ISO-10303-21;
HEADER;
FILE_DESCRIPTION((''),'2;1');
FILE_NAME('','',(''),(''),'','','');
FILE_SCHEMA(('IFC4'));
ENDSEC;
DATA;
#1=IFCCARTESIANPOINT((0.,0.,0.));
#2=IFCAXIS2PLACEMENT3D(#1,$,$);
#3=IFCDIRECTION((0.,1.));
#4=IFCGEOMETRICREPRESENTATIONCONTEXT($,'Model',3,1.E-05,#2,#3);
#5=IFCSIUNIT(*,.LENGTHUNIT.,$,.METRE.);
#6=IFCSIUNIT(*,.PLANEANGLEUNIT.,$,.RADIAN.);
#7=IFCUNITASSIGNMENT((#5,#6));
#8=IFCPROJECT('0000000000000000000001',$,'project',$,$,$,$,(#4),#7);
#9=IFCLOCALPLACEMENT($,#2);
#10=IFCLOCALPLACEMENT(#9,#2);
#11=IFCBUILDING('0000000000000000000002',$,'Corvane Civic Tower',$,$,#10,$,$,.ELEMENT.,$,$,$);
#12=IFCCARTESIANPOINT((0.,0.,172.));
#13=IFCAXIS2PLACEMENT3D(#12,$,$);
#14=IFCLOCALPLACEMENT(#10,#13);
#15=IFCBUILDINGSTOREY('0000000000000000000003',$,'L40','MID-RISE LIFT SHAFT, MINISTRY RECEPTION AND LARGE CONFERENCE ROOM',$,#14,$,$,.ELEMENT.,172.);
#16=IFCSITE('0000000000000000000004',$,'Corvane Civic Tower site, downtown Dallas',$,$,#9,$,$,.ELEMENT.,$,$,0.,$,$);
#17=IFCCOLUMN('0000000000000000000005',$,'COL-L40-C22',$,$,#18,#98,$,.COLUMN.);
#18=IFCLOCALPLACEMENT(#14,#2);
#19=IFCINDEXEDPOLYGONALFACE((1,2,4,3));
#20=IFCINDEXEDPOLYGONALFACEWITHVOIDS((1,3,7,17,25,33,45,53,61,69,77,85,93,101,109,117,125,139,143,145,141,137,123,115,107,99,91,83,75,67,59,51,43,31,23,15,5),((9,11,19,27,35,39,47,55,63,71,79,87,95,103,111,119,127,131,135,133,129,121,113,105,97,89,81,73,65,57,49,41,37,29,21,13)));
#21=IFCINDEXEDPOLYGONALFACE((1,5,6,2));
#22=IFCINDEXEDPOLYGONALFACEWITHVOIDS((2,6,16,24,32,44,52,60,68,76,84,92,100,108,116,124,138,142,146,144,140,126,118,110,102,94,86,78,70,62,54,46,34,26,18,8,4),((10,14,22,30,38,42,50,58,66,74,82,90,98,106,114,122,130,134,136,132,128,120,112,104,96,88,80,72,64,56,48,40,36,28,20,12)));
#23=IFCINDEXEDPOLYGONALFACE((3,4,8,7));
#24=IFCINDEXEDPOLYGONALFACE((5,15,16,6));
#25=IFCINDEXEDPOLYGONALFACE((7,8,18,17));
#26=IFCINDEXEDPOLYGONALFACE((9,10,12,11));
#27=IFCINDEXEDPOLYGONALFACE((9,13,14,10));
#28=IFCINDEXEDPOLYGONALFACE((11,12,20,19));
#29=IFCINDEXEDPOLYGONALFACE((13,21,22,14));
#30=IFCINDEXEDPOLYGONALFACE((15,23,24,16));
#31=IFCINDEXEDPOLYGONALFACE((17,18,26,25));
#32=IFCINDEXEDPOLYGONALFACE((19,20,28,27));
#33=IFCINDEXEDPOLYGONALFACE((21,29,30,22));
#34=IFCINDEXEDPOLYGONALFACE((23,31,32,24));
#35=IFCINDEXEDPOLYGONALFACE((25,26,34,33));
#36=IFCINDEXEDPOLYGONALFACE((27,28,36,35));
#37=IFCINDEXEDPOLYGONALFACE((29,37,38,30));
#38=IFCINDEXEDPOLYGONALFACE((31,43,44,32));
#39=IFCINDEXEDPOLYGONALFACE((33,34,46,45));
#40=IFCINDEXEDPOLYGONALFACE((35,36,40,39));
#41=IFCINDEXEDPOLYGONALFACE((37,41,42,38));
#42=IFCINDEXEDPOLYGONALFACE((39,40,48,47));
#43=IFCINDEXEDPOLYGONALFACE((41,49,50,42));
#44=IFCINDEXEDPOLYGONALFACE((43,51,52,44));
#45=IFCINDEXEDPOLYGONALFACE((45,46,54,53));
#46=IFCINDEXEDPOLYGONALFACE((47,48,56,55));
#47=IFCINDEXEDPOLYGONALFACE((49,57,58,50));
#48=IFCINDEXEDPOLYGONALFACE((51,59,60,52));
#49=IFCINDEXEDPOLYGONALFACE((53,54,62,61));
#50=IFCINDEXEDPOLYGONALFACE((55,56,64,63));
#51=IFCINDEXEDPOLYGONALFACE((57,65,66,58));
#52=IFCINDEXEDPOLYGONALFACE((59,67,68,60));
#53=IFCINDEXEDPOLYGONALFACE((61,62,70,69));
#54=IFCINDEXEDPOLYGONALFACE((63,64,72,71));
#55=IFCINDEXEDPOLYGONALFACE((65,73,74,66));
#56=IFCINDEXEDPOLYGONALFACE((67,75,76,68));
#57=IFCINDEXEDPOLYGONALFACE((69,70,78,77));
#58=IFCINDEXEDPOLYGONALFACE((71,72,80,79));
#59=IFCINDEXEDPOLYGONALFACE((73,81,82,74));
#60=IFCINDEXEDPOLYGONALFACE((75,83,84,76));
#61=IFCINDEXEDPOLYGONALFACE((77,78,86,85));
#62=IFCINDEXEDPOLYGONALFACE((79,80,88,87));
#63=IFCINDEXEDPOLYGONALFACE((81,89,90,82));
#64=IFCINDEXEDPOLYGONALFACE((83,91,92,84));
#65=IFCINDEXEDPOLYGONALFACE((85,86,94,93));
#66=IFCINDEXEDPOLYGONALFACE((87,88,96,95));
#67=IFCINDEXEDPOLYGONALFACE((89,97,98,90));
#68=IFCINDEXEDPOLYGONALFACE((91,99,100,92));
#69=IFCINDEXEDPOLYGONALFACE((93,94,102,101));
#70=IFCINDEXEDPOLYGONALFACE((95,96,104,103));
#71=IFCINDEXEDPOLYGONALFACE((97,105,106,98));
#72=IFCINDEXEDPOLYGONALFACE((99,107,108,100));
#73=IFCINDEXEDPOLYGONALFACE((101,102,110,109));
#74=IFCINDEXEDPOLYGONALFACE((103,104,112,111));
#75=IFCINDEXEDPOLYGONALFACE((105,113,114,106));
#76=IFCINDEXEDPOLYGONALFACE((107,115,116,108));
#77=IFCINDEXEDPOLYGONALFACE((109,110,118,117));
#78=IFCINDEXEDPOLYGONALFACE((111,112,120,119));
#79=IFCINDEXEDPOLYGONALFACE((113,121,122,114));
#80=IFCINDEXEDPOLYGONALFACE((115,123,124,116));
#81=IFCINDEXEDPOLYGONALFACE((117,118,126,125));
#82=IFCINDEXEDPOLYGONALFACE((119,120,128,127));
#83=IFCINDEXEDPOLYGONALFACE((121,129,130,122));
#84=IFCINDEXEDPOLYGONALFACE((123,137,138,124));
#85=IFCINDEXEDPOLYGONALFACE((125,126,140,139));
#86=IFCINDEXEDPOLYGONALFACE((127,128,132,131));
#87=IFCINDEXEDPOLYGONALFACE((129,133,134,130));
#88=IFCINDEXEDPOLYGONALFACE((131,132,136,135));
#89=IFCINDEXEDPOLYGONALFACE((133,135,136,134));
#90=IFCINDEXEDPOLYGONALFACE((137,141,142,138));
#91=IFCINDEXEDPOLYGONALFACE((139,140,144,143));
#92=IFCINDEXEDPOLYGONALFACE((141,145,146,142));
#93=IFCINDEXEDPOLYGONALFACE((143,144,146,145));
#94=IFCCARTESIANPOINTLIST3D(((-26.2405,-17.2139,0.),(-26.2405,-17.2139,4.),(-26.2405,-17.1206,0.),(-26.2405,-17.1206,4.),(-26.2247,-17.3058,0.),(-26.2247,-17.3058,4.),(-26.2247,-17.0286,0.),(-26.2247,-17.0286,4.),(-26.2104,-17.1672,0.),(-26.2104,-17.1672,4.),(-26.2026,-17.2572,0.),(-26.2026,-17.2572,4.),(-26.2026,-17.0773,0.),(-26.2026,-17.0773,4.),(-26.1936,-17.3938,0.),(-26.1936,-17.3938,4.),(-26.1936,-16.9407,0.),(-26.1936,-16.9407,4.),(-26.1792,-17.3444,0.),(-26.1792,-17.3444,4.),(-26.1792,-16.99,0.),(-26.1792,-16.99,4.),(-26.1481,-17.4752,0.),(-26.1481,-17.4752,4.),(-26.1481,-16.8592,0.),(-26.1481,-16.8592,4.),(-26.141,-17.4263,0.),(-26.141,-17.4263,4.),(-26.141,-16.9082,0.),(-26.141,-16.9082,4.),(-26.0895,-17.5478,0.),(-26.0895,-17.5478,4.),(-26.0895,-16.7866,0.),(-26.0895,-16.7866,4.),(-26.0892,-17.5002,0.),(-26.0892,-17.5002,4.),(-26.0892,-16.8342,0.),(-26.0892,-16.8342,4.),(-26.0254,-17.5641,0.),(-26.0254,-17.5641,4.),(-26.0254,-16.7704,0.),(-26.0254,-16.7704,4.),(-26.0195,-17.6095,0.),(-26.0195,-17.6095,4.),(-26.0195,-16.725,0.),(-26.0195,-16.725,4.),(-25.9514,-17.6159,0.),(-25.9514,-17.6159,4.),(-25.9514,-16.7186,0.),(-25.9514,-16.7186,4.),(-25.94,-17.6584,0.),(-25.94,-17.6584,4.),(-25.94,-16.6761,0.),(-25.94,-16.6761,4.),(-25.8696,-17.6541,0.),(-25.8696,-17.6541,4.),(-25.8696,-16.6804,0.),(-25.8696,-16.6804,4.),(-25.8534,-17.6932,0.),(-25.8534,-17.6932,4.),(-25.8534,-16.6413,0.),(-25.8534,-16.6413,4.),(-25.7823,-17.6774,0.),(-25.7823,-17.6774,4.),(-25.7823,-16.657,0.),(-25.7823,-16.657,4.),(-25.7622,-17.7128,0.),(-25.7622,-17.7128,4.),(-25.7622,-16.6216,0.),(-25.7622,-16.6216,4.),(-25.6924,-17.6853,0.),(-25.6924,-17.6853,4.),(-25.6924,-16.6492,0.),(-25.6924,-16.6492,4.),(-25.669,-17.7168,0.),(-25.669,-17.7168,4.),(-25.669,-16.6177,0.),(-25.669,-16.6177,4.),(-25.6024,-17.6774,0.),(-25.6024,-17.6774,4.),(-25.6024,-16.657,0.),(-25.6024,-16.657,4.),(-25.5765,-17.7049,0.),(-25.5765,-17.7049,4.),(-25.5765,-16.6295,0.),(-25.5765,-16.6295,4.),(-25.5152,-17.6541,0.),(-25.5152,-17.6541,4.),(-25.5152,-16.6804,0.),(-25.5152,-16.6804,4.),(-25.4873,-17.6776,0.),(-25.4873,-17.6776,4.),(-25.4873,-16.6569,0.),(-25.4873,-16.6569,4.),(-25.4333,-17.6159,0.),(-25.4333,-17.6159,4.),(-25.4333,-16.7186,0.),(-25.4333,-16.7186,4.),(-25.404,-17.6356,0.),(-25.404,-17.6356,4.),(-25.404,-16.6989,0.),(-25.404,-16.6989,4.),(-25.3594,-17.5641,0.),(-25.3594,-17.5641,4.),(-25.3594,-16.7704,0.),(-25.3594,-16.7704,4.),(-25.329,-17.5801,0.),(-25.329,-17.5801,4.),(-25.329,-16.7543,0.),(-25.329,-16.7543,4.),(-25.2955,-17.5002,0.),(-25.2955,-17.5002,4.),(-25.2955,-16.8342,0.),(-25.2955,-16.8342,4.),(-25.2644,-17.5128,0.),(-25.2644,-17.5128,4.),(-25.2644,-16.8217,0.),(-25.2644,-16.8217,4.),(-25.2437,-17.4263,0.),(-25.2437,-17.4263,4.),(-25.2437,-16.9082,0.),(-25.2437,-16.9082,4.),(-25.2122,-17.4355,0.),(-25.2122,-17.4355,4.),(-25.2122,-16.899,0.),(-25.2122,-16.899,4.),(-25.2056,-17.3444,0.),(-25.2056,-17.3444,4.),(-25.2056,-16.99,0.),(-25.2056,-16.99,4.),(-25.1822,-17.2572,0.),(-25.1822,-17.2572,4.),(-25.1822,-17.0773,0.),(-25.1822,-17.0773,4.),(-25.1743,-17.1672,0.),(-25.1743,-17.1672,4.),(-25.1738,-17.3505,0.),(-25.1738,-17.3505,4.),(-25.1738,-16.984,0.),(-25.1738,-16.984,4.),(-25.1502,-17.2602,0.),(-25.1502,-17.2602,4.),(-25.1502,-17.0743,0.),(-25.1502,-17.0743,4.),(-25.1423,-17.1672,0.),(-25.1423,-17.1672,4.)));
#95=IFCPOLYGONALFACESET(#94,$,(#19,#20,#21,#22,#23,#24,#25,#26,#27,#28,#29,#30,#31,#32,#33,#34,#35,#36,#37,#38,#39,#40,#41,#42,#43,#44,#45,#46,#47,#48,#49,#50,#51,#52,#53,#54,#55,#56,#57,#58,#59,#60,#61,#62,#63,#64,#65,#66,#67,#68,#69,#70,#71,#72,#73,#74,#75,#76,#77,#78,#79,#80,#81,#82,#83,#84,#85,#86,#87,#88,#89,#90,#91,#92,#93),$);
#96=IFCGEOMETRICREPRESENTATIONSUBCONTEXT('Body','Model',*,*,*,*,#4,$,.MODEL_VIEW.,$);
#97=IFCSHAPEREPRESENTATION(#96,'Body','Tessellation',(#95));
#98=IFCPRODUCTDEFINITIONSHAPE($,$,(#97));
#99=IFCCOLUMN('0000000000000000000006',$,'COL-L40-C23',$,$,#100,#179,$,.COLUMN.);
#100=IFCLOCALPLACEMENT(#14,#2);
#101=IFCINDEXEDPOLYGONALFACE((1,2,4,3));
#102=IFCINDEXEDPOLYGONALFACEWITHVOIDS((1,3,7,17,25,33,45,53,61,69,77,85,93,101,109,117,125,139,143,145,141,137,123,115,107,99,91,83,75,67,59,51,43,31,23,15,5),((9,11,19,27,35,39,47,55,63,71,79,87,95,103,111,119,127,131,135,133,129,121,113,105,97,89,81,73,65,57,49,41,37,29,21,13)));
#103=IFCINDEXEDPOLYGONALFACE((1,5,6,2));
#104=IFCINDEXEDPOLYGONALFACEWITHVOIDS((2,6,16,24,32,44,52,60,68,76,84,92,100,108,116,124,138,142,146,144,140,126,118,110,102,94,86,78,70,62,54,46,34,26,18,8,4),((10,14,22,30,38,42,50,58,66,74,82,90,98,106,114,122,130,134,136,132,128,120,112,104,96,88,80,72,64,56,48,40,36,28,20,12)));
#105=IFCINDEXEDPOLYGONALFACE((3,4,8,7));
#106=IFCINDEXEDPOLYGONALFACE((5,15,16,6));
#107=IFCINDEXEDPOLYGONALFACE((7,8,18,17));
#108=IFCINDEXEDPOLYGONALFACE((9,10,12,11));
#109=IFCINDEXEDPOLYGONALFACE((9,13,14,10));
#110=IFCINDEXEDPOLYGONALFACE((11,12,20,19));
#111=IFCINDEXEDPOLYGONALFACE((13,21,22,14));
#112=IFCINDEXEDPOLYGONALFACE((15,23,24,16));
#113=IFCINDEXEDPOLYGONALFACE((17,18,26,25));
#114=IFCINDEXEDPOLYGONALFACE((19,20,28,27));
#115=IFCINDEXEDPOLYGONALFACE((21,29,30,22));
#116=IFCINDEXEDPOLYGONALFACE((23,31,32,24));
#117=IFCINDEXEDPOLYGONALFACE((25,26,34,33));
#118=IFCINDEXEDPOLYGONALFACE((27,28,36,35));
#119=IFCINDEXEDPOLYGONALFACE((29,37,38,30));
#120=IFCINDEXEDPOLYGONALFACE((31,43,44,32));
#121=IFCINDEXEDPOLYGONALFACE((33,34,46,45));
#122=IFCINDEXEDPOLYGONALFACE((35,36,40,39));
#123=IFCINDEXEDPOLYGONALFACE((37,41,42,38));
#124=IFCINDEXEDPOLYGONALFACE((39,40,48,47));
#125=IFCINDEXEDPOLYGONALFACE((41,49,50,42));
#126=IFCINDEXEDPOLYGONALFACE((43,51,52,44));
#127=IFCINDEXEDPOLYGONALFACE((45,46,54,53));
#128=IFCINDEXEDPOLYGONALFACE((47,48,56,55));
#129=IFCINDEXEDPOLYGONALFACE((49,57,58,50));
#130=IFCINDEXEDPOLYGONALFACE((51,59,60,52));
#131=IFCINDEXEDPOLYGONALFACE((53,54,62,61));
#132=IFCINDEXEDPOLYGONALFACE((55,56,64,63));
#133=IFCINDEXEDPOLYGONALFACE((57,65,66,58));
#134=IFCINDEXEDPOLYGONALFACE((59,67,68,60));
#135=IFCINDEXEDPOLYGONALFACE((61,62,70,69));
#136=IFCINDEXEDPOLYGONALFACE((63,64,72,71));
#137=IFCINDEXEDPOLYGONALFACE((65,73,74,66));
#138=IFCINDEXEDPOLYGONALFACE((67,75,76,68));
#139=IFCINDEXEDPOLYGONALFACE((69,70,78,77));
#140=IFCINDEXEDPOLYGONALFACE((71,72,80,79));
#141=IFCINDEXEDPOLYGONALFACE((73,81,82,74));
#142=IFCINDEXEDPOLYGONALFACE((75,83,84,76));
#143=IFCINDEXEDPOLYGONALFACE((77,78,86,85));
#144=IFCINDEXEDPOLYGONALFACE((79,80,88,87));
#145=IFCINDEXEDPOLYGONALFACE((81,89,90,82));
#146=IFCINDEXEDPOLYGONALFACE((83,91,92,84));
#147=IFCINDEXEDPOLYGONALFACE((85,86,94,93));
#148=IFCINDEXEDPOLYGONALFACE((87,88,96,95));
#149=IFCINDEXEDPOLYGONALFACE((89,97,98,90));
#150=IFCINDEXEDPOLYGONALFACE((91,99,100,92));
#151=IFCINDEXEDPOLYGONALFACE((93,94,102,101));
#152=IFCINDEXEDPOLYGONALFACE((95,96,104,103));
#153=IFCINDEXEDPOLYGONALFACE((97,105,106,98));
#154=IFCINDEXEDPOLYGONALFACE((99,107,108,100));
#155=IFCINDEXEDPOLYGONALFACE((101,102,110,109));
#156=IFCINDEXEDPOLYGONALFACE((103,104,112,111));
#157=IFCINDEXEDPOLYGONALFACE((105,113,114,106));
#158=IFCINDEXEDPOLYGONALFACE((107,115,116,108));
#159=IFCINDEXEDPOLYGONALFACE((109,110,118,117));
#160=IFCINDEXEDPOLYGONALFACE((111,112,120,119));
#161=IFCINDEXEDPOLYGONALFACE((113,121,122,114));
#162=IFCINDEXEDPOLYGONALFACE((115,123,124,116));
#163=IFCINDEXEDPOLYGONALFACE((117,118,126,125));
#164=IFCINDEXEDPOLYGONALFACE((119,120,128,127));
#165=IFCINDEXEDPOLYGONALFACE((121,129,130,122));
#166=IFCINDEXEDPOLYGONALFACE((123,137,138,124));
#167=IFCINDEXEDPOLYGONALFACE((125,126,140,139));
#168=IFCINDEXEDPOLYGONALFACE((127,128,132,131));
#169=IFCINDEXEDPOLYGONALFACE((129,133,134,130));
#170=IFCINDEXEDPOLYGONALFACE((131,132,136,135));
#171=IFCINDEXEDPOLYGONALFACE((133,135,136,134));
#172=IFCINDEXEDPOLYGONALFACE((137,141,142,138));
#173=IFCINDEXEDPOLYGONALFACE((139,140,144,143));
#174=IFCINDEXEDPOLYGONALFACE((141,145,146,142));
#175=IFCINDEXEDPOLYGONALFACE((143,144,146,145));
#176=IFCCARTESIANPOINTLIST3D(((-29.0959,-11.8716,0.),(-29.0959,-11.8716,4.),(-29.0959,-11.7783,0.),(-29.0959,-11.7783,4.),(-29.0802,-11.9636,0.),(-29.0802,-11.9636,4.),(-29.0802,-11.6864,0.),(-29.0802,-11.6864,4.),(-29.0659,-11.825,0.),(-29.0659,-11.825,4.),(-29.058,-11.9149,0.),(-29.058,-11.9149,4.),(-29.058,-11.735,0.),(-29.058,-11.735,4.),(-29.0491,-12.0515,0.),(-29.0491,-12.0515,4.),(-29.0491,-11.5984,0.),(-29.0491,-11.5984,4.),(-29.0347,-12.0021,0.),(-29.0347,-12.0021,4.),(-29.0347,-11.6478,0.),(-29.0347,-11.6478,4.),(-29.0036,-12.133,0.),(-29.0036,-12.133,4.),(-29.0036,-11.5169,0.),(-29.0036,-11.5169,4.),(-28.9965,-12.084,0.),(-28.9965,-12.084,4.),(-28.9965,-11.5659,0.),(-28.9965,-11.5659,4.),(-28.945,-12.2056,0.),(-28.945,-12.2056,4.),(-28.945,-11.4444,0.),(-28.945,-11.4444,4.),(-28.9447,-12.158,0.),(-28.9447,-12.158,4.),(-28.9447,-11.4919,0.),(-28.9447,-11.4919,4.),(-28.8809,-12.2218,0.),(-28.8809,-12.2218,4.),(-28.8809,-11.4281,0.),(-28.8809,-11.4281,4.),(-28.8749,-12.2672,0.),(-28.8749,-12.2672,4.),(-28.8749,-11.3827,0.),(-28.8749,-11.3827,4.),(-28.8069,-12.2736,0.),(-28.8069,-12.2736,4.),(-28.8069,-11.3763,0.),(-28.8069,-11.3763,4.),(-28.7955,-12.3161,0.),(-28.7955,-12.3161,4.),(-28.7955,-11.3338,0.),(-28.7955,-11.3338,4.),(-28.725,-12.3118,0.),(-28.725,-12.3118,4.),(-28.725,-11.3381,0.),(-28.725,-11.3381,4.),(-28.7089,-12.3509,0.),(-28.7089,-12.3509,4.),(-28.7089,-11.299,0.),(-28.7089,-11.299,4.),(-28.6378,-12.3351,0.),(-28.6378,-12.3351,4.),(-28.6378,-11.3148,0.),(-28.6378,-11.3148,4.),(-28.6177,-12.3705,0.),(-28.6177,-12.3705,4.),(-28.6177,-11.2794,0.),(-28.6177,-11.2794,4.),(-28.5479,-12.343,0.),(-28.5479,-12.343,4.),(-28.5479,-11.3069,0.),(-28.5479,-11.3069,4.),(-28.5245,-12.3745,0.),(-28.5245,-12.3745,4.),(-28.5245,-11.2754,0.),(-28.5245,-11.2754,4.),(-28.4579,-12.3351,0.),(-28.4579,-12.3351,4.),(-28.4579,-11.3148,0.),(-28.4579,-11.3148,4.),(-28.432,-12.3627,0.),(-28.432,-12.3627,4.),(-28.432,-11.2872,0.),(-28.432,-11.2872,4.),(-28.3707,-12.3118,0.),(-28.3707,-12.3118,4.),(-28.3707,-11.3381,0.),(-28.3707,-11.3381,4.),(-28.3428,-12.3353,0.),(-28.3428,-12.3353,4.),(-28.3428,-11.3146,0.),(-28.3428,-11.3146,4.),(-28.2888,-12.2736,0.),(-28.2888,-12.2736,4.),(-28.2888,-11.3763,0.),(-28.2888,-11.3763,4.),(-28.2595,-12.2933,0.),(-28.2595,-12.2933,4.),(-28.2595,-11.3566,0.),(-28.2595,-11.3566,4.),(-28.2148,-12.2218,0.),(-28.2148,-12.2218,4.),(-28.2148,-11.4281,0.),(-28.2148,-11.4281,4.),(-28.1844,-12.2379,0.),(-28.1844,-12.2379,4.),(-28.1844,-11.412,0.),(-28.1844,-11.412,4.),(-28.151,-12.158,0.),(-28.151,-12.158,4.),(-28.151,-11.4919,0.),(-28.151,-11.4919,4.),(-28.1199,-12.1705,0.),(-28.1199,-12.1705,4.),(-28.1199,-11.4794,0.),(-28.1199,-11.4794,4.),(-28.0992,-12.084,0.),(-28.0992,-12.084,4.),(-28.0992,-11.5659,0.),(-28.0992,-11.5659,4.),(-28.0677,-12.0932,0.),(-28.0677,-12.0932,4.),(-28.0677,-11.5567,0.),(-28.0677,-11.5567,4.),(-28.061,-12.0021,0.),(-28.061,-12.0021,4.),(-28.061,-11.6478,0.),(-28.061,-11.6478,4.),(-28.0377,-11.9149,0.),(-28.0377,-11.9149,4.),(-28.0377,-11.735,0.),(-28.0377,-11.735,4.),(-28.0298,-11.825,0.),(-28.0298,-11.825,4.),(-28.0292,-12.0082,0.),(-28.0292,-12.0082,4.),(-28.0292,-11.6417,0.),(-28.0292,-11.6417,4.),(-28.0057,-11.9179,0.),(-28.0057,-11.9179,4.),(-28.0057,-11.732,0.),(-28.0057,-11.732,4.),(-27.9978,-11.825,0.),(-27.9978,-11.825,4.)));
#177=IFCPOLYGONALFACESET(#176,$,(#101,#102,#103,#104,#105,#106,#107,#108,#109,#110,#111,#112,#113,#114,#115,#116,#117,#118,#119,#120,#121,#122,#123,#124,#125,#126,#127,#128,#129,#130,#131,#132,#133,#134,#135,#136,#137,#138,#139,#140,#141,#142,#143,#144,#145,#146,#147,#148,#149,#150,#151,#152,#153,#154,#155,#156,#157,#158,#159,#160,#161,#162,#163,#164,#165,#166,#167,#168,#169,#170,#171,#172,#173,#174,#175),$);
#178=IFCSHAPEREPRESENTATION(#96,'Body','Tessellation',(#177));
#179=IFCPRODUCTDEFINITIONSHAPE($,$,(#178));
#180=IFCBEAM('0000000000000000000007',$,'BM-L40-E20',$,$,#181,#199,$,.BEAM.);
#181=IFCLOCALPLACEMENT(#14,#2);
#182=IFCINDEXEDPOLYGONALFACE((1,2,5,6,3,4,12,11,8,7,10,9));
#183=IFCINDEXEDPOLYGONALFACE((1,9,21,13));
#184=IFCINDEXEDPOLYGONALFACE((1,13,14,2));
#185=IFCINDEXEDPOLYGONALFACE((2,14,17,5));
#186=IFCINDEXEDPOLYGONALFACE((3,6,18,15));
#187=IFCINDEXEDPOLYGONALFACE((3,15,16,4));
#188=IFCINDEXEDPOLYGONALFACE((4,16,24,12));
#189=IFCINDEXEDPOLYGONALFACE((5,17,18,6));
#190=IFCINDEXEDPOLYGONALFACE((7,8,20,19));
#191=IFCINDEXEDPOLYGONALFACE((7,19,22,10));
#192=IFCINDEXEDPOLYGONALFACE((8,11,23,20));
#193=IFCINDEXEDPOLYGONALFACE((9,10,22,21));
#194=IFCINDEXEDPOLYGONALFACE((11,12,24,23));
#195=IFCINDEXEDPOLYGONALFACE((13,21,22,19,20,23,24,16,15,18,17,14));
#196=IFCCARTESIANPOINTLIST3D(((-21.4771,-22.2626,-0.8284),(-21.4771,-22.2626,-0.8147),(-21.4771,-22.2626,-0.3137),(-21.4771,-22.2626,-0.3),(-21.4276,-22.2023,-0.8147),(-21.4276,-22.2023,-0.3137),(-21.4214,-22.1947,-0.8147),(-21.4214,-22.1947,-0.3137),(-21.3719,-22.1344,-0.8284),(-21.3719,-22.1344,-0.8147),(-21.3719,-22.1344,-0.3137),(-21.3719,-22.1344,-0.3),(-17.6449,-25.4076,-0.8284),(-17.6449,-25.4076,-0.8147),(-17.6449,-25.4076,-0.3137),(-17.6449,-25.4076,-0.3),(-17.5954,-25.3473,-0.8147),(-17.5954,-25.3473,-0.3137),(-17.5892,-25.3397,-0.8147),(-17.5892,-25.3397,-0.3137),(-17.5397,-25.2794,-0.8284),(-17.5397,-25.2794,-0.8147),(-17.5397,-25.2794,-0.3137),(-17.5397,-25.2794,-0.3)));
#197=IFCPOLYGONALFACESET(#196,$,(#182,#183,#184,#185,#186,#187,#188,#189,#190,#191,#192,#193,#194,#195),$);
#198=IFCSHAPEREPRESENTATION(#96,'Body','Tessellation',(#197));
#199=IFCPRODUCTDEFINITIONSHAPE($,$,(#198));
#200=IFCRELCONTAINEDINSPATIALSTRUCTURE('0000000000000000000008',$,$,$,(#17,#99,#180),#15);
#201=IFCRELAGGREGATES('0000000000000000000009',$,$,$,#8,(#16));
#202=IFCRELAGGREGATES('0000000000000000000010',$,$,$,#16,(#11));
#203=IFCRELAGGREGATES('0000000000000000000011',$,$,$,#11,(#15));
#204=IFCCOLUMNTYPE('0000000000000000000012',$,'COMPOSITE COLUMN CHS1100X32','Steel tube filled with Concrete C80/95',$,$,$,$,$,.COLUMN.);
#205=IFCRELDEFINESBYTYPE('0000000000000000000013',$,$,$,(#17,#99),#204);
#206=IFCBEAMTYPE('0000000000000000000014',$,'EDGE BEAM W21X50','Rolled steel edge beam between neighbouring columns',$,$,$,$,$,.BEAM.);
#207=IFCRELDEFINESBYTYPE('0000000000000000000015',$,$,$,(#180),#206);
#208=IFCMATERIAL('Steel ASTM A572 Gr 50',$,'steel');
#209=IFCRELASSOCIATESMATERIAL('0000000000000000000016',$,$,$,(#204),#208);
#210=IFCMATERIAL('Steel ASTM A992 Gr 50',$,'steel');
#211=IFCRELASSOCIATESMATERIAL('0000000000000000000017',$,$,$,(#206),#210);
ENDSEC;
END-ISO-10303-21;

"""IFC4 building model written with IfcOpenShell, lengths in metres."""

from ifc_helpers import new_model, si_unit, direction, frame, origin, origin_2d, place, context, subcontext, project, spatial, hollow_circle, i_section, extrude, material, material_profile, profile_set, type_object, element, save


model = new_model("IFC4")

# Units and contexts
model_context = context("Model", 3, precision=1e-05, world=origin(), true_north=direction((0.0, 1.0)))
body_context = subcontext(model_context, "Body", "Model", "MODEL_VIEW")
ifc_project = project(units=[si_unit("LENGTHUNIT", "METRE"), si_unit("PLANEANGLEUNIT", "RADIAN")], contexts=[model_context])

# Site, building, storey
site_placement = place(None, origin())
site = spatial("IfcSite", under=ifc_project, at=site_placement, Name="Corvane Civic Tower site, downtown Dallas", CompositionType="ELEMENT", RefElevation=0.0)
building_placement = place(site_placement, origin())
building = spatial("IfcBuilding", under=site, at=building_placement, Name="Corvane Civic Tower", CompositionType="ELEMENT")
storey_placement = place(building_placement, frame((0.0, 0.0, 172.0)))
storey = spatial("IfcBuildingStorey", under=building, at=storey_placement, Name="L40", Description="MID-RISE LIFT SHAFT, MINISTRY RECEPTION AND LARGE CONFERENCE ROOM", CompositionType="ELEMENT", Elevation=172.0)

# Columns
ifc_material_1 = material(Name="Steel ASTM A572 Gr 50", Category="steel")
ifc_material_profile_1 = material_profile(ifc_material_1, hollow_circle(Radius=0.55, WallThickness=0.032, at=origin_2d()), Name="CHS1100X32")
ifc_profile_set_1 = profile_set([ifc_material_profile_1], Name="Steel ASTM A572 Gr 50")
column_type = type_object("IfcColumnType", Name="COMPOSITE COLUMN CHS1100X32", Description="Steel tube filled with Concrete C80/95", PredefinedType="COLUMN", material=ifc_profile_set_1)
for number, where, z_axis, x_axis, name in (
    (1, (-25.6924, -17.1672, 0.0), (0.0, 0.0, 1.0), (1.0, 0.0, 0.0), "COL-L40-C22"),
    (2, (-28.5479, -11.825, 0.0), (0.0, 0.0, 1.0), (1.0, 0.0, 0.0), "COL-L40-C23"),
):
    element("IfcColumn", number, at=place(storey_placement, frame(where, z_axis=z_axis, x_axis=x_axis)), inside=storey, type_object=column_type, Name=name, PredefinedType="COLUMN", context=body_context, shape_type="SweptSolid", body=[
        extrude(hollow_circle(Radius=0.55, WallThickness=0.032, at=origin_2d()), origin(), (0.0, 0.0, 1.0), 4.0),
    ])

# Beam
ifc_material_2 = material(Name="Steel ASTM A992 Gr 50", Category="steel")
ifc_material_profile_2 = material_profile(ifc_material_2, i_section(OverallWidth=0.1658, OverallDepth=0.5283, WebThickness=0.0098, FlangeThickness=0.0137, at=origin_2d()), Name="W21X50")
ifc_profile_set_2 = profile_set([ifc_material_profile_2], Name="Steel ASTM A992 Gr 50")
beam_type = type_object("IfcBeamType", Name="EDGE BEAM W21X50", Description="Rolled steel edge beam between neighbouring columns", PredefinedType="BEAM", material=ifc_profile_set_2)
for number, where, z_axis, x_axis, name in (
    (3, (-17.5923, -25.3435, -0.5642), (-0.773015, 0.634388, 0.0), (-0.634388, -0.773015, 0.0), "BM-L40-E20"),
):
    element("IfcBeam", number, at=place(storey_placement, frame(where, z_axis=z_axis, x_axis=x_axis)), inside=storey, type_object=beam_type, Name=name, PredefinedType="BEAM", context=body_context, shape_type="SweptSolid", body=[
        extrude(i_section(OverallWidth=0.1658, OverallDepth=0.5283, WebThickness=0.0098, FlangeThickness=0.0137, at=origin_2d()), origin(), (0.0, 0.0, 1.0), 4.9575),
    ])

save(model, "model.ifc")
